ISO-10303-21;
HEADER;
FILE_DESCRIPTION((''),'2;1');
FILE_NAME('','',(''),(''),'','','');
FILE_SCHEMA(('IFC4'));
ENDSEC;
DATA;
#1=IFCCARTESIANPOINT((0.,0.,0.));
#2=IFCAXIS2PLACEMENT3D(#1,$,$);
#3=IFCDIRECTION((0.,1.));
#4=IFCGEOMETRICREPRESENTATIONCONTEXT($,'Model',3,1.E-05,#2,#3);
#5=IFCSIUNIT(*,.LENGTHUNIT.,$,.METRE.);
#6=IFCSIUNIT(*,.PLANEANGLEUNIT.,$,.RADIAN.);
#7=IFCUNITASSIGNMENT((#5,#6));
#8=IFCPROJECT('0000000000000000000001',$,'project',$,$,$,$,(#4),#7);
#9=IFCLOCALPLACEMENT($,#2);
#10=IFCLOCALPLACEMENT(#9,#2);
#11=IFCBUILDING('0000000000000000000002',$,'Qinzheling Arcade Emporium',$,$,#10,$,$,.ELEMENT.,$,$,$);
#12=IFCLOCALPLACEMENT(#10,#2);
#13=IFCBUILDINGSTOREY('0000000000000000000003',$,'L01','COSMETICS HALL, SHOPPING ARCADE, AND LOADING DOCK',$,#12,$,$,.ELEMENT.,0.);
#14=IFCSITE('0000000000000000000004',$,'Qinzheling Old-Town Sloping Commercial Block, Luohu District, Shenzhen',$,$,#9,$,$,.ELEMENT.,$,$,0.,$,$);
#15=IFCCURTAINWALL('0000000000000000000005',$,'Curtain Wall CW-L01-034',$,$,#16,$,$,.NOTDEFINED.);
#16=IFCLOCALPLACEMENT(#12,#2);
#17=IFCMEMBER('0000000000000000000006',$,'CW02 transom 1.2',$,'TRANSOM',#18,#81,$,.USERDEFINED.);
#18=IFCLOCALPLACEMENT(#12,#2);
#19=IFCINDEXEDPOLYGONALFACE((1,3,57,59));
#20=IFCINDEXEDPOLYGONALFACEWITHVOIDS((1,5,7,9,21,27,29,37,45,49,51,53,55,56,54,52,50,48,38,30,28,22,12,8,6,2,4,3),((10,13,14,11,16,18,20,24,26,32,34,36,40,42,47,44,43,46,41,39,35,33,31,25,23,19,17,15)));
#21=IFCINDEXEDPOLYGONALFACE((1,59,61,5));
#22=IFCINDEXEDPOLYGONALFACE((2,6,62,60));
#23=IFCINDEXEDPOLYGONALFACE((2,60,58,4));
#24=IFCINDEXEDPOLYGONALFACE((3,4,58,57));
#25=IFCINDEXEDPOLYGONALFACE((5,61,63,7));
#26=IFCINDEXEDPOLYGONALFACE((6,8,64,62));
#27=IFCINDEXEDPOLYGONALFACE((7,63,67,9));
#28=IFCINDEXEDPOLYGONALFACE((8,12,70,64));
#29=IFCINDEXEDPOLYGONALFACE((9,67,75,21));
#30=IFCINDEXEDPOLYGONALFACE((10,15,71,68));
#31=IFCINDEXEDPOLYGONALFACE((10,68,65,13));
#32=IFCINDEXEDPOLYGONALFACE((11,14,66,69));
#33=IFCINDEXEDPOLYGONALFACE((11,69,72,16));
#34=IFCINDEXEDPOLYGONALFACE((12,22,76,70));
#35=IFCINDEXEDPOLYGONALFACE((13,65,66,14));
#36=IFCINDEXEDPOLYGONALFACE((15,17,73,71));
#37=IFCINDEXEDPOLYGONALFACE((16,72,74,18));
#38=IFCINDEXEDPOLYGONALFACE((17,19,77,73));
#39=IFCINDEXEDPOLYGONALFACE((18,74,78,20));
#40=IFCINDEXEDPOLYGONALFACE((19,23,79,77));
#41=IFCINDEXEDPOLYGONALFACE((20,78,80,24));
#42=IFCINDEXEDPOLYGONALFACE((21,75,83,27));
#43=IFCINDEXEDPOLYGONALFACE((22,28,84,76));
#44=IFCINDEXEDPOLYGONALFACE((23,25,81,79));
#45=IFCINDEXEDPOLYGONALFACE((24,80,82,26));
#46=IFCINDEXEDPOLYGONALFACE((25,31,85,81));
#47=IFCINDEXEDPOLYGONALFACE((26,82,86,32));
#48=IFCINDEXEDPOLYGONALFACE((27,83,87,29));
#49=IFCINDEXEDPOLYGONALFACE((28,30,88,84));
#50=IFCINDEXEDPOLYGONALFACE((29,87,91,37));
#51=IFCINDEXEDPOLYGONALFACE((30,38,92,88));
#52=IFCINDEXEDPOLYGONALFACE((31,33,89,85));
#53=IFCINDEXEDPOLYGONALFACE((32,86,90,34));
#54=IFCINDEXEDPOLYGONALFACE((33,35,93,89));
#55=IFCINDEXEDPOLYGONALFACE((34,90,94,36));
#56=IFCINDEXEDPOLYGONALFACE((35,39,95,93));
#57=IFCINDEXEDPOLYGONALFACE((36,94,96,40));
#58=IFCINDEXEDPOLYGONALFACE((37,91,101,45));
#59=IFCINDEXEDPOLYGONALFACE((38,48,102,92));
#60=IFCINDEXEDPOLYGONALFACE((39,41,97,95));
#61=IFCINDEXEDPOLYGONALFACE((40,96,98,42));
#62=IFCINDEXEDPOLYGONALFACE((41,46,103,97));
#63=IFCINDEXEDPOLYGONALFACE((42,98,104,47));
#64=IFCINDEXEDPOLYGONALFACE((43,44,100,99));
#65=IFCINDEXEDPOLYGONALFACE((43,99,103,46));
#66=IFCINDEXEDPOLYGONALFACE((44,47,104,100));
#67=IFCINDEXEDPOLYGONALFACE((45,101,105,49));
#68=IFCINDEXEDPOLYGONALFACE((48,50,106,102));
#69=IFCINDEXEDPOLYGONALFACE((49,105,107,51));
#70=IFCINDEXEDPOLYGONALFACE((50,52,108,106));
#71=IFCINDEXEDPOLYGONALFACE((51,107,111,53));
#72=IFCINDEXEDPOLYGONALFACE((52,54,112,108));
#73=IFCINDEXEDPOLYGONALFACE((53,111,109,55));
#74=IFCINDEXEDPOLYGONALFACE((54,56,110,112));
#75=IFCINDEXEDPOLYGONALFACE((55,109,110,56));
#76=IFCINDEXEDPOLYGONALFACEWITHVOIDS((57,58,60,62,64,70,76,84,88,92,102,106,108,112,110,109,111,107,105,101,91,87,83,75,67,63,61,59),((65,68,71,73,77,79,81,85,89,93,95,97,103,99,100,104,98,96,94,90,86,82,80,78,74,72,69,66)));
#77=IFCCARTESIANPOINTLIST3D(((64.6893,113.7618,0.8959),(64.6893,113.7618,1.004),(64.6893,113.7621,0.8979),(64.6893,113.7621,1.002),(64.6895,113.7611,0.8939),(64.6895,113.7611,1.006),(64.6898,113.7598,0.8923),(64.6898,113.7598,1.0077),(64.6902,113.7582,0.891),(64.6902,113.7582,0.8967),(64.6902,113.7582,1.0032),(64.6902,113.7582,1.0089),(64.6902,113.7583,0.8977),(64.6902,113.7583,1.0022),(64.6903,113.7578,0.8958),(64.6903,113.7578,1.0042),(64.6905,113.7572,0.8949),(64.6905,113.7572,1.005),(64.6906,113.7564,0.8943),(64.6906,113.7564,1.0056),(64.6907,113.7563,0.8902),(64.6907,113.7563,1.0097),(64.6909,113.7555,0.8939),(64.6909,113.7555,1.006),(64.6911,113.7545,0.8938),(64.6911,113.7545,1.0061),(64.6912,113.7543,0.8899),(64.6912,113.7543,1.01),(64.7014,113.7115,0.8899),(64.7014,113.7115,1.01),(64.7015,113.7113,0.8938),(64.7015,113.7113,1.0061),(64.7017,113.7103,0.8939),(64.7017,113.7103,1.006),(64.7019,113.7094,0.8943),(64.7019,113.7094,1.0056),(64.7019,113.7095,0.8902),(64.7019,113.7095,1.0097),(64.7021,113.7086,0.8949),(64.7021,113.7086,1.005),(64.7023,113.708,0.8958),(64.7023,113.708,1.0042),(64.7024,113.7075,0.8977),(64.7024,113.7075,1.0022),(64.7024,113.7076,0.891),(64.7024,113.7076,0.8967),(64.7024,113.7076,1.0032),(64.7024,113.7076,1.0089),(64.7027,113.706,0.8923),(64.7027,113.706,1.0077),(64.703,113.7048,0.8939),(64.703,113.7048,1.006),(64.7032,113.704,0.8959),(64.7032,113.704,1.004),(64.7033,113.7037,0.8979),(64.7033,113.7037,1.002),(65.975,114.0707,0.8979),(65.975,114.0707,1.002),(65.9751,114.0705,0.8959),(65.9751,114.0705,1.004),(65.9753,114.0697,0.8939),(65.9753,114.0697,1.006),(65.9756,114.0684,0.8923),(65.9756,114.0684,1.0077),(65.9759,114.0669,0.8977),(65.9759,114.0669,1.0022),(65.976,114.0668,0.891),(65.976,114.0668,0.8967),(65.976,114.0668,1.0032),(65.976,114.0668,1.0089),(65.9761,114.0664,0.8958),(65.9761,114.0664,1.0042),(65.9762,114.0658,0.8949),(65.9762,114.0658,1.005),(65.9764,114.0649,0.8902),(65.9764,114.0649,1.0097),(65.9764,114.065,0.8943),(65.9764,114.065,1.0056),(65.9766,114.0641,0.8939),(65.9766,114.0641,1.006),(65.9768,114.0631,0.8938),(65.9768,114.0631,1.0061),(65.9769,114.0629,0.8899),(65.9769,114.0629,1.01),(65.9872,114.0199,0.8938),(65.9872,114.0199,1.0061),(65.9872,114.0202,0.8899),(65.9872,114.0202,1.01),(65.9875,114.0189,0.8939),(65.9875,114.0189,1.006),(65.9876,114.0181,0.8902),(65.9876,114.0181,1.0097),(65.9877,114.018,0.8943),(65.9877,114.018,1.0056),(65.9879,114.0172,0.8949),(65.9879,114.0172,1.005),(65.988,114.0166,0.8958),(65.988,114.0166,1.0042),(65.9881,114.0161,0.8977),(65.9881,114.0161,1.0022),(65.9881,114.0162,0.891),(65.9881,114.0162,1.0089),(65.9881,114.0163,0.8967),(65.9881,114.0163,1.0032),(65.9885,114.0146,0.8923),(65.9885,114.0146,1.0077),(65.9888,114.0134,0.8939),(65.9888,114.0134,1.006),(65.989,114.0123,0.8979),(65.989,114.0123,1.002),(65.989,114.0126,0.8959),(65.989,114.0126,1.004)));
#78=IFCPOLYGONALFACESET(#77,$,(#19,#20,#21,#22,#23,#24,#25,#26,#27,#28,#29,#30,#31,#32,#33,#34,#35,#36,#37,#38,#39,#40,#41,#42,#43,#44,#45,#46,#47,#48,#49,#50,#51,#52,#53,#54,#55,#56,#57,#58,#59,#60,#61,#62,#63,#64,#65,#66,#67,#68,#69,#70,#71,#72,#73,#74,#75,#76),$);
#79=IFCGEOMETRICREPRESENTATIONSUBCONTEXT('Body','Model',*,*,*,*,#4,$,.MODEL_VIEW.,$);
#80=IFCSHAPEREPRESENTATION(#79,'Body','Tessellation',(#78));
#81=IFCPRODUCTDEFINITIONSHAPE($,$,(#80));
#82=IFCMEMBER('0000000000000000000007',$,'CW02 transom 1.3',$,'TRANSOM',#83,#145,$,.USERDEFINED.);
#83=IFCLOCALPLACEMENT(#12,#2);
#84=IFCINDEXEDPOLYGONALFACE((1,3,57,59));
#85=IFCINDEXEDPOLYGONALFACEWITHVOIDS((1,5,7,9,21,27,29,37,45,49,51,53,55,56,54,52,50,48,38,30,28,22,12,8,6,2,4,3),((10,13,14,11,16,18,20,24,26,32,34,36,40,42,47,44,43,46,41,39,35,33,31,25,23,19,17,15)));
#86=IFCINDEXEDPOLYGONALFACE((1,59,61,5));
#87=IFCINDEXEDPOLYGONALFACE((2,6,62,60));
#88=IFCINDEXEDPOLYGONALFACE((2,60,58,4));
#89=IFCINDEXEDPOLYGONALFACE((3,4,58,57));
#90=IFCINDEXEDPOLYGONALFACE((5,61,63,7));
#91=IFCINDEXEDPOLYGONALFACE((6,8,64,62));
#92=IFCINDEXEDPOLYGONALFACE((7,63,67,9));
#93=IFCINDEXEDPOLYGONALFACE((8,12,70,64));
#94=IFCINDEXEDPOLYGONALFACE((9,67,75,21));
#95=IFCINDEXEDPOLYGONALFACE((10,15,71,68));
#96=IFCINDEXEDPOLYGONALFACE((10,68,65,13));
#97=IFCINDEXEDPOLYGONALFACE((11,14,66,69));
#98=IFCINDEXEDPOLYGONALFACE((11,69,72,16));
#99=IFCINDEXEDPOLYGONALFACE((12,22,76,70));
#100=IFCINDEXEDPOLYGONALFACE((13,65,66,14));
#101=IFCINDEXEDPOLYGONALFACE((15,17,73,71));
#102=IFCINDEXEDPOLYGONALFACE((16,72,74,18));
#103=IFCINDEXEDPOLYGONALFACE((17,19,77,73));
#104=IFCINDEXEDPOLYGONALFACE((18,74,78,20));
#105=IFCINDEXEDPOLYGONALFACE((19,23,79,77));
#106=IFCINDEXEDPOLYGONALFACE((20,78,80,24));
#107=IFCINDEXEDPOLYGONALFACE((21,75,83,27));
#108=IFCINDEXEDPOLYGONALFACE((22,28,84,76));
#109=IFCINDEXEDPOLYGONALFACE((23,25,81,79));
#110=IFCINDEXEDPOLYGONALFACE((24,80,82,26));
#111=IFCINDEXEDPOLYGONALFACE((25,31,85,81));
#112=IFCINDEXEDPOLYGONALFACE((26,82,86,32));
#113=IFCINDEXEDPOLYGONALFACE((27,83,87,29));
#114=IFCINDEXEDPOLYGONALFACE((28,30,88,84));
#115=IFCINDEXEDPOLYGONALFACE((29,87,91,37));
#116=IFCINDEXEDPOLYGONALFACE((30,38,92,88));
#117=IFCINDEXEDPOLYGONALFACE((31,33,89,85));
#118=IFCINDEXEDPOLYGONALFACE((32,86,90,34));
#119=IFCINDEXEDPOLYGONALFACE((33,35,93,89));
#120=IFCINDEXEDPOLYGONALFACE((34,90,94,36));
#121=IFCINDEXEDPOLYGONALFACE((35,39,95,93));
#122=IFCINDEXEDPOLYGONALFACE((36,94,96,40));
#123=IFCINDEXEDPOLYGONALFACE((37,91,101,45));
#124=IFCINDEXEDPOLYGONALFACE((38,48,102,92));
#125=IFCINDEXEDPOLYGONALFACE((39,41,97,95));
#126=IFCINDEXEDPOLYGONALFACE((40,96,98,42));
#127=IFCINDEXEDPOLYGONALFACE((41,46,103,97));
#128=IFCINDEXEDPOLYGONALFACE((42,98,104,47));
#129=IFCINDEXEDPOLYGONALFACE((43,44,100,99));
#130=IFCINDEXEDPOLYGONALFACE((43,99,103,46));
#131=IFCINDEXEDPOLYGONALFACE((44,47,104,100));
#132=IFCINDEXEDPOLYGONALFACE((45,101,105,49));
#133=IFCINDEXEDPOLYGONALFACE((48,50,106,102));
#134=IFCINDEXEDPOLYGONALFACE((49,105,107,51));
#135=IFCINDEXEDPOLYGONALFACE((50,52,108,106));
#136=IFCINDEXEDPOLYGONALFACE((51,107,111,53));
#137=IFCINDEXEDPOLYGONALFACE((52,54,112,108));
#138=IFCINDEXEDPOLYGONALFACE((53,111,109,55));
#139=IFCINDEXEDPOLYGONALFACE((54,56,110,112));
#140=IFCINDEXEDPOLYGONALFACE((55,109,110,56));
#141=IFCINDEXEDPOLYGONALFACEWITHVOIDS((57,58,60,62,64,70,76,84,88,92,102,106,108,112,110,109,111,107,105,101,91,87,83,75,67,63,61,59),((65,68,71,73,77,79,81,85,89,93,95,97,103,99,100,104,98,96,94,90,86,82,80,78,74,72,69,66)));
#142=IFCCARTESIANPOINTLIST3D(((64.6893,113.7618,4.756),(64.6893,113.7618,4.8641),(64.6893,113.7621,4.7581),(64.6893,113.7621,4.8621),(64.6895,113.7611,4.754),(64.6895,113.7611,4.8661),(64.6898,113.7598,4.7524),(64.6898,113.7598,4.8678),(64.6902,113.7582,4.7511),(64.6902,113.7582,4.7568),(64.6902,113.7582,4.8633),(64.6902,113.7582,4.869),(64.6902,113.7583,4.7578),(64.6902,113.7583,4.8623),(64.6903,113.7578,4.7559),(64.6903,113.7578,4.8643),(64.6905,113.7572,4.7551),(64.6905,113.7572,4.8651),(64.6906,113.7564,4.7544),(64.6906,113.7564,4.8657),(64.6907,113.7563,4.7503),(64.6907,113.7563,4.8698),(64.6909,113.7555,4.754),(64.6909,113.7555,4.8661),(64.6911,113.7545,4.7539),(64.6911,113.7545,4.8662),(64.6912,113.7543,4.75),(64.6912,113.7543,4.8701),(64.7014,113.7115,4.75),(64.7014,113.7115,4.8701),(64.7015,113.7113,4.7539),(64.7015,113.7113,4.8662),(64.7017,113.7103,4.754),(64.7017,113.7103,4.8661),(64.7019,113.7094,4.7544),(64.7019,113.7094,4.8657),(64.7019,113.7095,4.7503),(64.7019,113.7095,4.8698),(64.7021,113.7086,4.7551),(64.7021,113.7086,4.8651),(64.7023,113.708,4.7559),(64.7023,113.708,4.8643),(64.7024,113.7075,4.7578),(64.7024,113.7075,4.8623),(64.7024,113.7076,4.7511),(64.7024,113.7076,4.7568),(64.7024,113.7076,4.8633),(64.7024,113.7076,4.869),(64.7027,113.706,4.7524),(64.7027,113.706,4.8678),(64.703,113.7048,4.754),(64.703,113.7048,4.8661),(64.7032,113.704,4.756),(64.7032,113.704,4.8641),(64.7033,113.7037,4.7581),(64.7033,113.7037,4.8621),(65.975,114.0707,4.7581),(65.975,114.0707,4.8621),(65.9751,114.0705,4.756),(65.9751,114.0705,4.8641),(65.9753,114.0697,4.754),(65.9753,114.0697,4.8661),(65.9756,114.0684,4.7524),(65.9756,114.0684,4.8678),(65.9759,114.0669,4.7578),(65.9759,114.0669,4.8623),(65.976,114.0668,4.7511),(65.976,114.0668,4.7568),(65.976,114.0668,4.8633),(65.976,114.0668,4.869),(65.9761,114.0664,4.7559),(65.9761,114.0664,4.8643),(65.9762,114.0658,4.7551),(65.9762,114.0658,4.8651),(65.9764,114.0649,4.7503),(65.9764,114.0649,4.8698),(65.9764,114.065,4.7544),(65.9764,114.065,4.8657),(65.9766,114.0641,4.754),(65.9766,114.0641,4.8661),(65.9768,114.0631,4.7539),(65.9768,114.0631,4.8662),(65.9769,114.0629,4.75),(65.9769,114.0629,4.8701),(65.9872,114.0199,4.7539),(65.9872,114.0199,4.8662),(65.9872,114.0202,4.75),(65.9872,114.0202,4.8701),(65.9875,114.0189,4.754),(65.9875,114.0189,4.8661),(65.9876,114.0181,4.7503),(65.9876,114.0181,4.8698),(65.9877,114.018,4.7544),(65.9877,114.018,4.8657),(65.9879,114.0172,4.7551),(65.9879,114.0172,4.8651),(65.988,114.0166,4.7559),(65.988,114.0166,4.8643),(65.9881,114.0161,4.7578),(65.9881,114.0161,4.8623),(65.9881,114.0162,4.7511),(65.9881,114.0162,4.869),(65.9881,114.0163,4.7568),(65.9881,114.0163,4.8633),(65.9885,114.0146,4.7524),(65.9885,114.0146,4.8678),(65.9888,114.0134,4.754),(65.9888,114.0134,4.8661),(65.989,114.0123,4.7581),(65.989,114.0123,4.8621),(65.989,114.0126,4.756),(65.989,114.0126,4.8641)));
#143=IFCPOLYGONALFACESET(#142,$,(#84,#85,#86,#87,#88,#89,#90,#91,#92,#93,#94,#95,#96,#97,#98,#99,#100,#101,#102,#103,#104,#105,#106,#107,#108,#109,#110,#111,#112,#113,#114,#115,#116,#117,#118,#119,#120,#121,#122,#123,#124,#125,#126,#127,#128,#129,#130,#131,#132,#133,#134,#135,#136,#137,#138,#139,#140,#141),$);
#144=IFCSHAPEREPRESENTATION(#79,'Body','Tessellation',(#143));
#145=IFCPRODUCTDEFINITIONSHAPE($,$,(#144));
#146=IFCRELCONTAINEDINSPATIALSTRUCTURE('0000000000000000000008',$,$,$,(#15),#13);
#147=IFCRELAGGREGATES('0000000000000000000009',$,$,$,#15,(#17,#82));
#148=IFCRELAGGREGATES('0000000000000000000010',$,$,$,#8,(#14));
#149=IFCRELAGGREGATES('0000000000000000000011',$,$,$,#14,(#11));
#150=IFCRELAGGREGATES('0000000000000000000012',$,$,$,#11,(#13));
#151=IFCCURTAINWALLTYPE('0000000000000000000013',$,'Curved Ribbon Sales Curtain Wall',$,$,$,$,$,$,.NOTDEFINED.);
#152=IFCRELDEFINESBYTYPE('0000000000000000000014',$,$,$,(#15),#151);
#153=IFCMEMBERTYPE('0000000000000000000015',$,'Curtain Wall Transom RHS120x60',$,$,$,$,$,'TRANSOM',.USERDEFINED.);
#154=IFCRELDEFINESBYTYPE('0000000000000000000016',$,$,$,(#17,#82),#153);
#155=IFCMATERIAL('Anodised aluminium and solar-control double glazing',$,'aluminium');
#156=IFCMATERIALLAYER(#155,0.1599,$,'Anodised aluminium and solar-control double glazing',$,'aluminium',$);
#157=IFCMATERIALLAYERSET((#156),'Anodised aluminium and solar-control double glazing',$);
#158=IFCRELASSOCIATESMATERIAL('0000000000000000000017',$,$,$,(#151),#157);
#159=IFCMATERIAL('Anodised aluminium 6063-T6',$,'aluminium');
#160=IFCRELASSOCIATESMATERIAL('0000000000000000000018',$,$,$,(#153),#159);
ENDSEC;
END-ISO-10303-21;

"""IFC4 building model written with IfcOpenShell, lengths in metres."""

from ifc_helpers import new_model, si_unit, direction, frame, origin, origin_2d, place, context, subcontext, project, spatial, hollow_rectangle, extrude, material, layer, layer_set, material_profile, profile_set, type_object, element, aggregate, save


model = new_model("IFC4")

# Units and contexts
model_context = context("Model", 3, precision=1e-05, world=origin(), true_north=direction((0.0, 1.0)))
body_context = subcontext(model_context, "Body", "Model", "MODEL_VIEW")
ifc_project = project(units=[si_unit("LENGTHUNIT", "METRE"), si_unit("PLANEANGLEUNIT", "RADIAN")], contexts=[model_context])

# Site, building, storey
site_placement = place(None, origin())
site = spatial("IfcSite", under=ifc_project, at=site_placement, Name="Qinzheling Old-Town Sloping Commercial Block, Luohu District, Shenzhen", CompositionType="ELEMENT", RefElevation=0.0)
building_placement = place(site_placement, origin())
building = spatial("IfcBuilding", under=site, at=building_placement, Name="Qinzheling Arcade Emporium", CompositionType="ELEMENT")
storey_placement = place(building_placement, origin())
storey = spatial("IfcBuildingStorey", under=building, at=storey_placement, Name="L01", Description="COSMETICS HALL, SHOPPING ARCADE, AND LOADING DOCK", CompositionType="ELEMENT", Elevation=0.0)

# Shared definitions
ifc_material_1 = material(Name="Anodised aluminium and solar-control double glazing", Category="aluminium")
ifc_layer_1 = layer(ifc_material_1, 0.1599, Name="Anodised aluminium and solar-control double glazing", Category="aluminium")
ifc_layer_set_1 = layer_set([ifc_layer_1], Name="Anodised aluminium and solar-control double glazing")
curtain_wall_type = type_object("IfcCurtainWallType", Name="Curved Ribbon Sales Curtain Wall", PredefinedType="NOTDEFINED", material=ifc_layer_set_1)
ifc_material_2 = material(Name="Anodised aluminium 6063-T6", Category="aluminium")

# Curtain wall
curtain_wall_1_placement = place(storey_placement, origin())
curtain_wall_1 = element("IfcCurtainWall", 1, at=curtain_wall_1_placement, inside=storey, type_object=curtain_wall_type, Name="Curtain Wall CW-L01-034", PredefinedType="NOTDEFINED")

# Members
ifc_material_profile_1 = material_profile(ifc_material_2, hollow_rectangle(XDim=0.0601, YDim=0.1201, WallThickness=0.0039, InnerFilletRadius=0.0039, OuterFilletRadius=0.0081, at=origin_2d()), Name="RHS 120x60x4", Category="aluminium")
ifc_profile_set_1 = profile_set([ifc_material_profile_1], Name="Anodised aluminium 6063-T6")
member_type_1 = type_object("IfcMemberType", Name="Curtain Wall Transom RHS120x60", ElementType="TRANSOM", PredefinedType="USERDEFINED", material=ifc_profile_set_1)
member_1_placement = place(storey_placement, frame((64.6963, 113.7329, 0.95), z_axis=(0.972381, 0.233401, 0.0), x_axis=(-0.233401, 0.972381, 0.0)))
member_1 = element("IfcMember", 2, at=member_1_placement, type_object=member_type_1, Name="CW02 transom 1.2", ObjectType="TRANSOM", PredefinedType="USERDEFINED", context=body_context, shape_type="SweptSolid", body=[
    extrude(hollow_rectangle(XDim=0.0601, YDim=0.1201, WallThickness=0.0039, InnerFilletRadius=0.0039, OuterFilletRadius=0.0081, at=origin_2d()), origin(), (0.0, 0.0, 1.0), 1.3223),
])
member_2_placement = place(storey_placement, frame((64.6963, 113.7329, 4.8101), z_axis=(0.972381, 0.233401, 0.0), x_axis=(-0.233401, 0.972381, 0.0)))
member_2 = element("IfcMember", 3, at=member_2_placement, type_object=member_type_1, Name="CW02 transom 1.3", ObjectType="TRANSOM", PredefinedType="USERDEFINED", context=body_context, shape_type="SweptSolid", body=[
    extrude(hollow_rectangle(XDim=0.0601, YDim=0.1201, WallThickness=0.0039, InnerFilletRadius=0.0039, OuterFilletRadius=0.0081, at=origin_2d()), origin(), (0.0, 0.0, 1.0), 1.3223),
])

aggregate(curtain_wall_1, [member_1, member_2])

save(model, "model.ifc")
